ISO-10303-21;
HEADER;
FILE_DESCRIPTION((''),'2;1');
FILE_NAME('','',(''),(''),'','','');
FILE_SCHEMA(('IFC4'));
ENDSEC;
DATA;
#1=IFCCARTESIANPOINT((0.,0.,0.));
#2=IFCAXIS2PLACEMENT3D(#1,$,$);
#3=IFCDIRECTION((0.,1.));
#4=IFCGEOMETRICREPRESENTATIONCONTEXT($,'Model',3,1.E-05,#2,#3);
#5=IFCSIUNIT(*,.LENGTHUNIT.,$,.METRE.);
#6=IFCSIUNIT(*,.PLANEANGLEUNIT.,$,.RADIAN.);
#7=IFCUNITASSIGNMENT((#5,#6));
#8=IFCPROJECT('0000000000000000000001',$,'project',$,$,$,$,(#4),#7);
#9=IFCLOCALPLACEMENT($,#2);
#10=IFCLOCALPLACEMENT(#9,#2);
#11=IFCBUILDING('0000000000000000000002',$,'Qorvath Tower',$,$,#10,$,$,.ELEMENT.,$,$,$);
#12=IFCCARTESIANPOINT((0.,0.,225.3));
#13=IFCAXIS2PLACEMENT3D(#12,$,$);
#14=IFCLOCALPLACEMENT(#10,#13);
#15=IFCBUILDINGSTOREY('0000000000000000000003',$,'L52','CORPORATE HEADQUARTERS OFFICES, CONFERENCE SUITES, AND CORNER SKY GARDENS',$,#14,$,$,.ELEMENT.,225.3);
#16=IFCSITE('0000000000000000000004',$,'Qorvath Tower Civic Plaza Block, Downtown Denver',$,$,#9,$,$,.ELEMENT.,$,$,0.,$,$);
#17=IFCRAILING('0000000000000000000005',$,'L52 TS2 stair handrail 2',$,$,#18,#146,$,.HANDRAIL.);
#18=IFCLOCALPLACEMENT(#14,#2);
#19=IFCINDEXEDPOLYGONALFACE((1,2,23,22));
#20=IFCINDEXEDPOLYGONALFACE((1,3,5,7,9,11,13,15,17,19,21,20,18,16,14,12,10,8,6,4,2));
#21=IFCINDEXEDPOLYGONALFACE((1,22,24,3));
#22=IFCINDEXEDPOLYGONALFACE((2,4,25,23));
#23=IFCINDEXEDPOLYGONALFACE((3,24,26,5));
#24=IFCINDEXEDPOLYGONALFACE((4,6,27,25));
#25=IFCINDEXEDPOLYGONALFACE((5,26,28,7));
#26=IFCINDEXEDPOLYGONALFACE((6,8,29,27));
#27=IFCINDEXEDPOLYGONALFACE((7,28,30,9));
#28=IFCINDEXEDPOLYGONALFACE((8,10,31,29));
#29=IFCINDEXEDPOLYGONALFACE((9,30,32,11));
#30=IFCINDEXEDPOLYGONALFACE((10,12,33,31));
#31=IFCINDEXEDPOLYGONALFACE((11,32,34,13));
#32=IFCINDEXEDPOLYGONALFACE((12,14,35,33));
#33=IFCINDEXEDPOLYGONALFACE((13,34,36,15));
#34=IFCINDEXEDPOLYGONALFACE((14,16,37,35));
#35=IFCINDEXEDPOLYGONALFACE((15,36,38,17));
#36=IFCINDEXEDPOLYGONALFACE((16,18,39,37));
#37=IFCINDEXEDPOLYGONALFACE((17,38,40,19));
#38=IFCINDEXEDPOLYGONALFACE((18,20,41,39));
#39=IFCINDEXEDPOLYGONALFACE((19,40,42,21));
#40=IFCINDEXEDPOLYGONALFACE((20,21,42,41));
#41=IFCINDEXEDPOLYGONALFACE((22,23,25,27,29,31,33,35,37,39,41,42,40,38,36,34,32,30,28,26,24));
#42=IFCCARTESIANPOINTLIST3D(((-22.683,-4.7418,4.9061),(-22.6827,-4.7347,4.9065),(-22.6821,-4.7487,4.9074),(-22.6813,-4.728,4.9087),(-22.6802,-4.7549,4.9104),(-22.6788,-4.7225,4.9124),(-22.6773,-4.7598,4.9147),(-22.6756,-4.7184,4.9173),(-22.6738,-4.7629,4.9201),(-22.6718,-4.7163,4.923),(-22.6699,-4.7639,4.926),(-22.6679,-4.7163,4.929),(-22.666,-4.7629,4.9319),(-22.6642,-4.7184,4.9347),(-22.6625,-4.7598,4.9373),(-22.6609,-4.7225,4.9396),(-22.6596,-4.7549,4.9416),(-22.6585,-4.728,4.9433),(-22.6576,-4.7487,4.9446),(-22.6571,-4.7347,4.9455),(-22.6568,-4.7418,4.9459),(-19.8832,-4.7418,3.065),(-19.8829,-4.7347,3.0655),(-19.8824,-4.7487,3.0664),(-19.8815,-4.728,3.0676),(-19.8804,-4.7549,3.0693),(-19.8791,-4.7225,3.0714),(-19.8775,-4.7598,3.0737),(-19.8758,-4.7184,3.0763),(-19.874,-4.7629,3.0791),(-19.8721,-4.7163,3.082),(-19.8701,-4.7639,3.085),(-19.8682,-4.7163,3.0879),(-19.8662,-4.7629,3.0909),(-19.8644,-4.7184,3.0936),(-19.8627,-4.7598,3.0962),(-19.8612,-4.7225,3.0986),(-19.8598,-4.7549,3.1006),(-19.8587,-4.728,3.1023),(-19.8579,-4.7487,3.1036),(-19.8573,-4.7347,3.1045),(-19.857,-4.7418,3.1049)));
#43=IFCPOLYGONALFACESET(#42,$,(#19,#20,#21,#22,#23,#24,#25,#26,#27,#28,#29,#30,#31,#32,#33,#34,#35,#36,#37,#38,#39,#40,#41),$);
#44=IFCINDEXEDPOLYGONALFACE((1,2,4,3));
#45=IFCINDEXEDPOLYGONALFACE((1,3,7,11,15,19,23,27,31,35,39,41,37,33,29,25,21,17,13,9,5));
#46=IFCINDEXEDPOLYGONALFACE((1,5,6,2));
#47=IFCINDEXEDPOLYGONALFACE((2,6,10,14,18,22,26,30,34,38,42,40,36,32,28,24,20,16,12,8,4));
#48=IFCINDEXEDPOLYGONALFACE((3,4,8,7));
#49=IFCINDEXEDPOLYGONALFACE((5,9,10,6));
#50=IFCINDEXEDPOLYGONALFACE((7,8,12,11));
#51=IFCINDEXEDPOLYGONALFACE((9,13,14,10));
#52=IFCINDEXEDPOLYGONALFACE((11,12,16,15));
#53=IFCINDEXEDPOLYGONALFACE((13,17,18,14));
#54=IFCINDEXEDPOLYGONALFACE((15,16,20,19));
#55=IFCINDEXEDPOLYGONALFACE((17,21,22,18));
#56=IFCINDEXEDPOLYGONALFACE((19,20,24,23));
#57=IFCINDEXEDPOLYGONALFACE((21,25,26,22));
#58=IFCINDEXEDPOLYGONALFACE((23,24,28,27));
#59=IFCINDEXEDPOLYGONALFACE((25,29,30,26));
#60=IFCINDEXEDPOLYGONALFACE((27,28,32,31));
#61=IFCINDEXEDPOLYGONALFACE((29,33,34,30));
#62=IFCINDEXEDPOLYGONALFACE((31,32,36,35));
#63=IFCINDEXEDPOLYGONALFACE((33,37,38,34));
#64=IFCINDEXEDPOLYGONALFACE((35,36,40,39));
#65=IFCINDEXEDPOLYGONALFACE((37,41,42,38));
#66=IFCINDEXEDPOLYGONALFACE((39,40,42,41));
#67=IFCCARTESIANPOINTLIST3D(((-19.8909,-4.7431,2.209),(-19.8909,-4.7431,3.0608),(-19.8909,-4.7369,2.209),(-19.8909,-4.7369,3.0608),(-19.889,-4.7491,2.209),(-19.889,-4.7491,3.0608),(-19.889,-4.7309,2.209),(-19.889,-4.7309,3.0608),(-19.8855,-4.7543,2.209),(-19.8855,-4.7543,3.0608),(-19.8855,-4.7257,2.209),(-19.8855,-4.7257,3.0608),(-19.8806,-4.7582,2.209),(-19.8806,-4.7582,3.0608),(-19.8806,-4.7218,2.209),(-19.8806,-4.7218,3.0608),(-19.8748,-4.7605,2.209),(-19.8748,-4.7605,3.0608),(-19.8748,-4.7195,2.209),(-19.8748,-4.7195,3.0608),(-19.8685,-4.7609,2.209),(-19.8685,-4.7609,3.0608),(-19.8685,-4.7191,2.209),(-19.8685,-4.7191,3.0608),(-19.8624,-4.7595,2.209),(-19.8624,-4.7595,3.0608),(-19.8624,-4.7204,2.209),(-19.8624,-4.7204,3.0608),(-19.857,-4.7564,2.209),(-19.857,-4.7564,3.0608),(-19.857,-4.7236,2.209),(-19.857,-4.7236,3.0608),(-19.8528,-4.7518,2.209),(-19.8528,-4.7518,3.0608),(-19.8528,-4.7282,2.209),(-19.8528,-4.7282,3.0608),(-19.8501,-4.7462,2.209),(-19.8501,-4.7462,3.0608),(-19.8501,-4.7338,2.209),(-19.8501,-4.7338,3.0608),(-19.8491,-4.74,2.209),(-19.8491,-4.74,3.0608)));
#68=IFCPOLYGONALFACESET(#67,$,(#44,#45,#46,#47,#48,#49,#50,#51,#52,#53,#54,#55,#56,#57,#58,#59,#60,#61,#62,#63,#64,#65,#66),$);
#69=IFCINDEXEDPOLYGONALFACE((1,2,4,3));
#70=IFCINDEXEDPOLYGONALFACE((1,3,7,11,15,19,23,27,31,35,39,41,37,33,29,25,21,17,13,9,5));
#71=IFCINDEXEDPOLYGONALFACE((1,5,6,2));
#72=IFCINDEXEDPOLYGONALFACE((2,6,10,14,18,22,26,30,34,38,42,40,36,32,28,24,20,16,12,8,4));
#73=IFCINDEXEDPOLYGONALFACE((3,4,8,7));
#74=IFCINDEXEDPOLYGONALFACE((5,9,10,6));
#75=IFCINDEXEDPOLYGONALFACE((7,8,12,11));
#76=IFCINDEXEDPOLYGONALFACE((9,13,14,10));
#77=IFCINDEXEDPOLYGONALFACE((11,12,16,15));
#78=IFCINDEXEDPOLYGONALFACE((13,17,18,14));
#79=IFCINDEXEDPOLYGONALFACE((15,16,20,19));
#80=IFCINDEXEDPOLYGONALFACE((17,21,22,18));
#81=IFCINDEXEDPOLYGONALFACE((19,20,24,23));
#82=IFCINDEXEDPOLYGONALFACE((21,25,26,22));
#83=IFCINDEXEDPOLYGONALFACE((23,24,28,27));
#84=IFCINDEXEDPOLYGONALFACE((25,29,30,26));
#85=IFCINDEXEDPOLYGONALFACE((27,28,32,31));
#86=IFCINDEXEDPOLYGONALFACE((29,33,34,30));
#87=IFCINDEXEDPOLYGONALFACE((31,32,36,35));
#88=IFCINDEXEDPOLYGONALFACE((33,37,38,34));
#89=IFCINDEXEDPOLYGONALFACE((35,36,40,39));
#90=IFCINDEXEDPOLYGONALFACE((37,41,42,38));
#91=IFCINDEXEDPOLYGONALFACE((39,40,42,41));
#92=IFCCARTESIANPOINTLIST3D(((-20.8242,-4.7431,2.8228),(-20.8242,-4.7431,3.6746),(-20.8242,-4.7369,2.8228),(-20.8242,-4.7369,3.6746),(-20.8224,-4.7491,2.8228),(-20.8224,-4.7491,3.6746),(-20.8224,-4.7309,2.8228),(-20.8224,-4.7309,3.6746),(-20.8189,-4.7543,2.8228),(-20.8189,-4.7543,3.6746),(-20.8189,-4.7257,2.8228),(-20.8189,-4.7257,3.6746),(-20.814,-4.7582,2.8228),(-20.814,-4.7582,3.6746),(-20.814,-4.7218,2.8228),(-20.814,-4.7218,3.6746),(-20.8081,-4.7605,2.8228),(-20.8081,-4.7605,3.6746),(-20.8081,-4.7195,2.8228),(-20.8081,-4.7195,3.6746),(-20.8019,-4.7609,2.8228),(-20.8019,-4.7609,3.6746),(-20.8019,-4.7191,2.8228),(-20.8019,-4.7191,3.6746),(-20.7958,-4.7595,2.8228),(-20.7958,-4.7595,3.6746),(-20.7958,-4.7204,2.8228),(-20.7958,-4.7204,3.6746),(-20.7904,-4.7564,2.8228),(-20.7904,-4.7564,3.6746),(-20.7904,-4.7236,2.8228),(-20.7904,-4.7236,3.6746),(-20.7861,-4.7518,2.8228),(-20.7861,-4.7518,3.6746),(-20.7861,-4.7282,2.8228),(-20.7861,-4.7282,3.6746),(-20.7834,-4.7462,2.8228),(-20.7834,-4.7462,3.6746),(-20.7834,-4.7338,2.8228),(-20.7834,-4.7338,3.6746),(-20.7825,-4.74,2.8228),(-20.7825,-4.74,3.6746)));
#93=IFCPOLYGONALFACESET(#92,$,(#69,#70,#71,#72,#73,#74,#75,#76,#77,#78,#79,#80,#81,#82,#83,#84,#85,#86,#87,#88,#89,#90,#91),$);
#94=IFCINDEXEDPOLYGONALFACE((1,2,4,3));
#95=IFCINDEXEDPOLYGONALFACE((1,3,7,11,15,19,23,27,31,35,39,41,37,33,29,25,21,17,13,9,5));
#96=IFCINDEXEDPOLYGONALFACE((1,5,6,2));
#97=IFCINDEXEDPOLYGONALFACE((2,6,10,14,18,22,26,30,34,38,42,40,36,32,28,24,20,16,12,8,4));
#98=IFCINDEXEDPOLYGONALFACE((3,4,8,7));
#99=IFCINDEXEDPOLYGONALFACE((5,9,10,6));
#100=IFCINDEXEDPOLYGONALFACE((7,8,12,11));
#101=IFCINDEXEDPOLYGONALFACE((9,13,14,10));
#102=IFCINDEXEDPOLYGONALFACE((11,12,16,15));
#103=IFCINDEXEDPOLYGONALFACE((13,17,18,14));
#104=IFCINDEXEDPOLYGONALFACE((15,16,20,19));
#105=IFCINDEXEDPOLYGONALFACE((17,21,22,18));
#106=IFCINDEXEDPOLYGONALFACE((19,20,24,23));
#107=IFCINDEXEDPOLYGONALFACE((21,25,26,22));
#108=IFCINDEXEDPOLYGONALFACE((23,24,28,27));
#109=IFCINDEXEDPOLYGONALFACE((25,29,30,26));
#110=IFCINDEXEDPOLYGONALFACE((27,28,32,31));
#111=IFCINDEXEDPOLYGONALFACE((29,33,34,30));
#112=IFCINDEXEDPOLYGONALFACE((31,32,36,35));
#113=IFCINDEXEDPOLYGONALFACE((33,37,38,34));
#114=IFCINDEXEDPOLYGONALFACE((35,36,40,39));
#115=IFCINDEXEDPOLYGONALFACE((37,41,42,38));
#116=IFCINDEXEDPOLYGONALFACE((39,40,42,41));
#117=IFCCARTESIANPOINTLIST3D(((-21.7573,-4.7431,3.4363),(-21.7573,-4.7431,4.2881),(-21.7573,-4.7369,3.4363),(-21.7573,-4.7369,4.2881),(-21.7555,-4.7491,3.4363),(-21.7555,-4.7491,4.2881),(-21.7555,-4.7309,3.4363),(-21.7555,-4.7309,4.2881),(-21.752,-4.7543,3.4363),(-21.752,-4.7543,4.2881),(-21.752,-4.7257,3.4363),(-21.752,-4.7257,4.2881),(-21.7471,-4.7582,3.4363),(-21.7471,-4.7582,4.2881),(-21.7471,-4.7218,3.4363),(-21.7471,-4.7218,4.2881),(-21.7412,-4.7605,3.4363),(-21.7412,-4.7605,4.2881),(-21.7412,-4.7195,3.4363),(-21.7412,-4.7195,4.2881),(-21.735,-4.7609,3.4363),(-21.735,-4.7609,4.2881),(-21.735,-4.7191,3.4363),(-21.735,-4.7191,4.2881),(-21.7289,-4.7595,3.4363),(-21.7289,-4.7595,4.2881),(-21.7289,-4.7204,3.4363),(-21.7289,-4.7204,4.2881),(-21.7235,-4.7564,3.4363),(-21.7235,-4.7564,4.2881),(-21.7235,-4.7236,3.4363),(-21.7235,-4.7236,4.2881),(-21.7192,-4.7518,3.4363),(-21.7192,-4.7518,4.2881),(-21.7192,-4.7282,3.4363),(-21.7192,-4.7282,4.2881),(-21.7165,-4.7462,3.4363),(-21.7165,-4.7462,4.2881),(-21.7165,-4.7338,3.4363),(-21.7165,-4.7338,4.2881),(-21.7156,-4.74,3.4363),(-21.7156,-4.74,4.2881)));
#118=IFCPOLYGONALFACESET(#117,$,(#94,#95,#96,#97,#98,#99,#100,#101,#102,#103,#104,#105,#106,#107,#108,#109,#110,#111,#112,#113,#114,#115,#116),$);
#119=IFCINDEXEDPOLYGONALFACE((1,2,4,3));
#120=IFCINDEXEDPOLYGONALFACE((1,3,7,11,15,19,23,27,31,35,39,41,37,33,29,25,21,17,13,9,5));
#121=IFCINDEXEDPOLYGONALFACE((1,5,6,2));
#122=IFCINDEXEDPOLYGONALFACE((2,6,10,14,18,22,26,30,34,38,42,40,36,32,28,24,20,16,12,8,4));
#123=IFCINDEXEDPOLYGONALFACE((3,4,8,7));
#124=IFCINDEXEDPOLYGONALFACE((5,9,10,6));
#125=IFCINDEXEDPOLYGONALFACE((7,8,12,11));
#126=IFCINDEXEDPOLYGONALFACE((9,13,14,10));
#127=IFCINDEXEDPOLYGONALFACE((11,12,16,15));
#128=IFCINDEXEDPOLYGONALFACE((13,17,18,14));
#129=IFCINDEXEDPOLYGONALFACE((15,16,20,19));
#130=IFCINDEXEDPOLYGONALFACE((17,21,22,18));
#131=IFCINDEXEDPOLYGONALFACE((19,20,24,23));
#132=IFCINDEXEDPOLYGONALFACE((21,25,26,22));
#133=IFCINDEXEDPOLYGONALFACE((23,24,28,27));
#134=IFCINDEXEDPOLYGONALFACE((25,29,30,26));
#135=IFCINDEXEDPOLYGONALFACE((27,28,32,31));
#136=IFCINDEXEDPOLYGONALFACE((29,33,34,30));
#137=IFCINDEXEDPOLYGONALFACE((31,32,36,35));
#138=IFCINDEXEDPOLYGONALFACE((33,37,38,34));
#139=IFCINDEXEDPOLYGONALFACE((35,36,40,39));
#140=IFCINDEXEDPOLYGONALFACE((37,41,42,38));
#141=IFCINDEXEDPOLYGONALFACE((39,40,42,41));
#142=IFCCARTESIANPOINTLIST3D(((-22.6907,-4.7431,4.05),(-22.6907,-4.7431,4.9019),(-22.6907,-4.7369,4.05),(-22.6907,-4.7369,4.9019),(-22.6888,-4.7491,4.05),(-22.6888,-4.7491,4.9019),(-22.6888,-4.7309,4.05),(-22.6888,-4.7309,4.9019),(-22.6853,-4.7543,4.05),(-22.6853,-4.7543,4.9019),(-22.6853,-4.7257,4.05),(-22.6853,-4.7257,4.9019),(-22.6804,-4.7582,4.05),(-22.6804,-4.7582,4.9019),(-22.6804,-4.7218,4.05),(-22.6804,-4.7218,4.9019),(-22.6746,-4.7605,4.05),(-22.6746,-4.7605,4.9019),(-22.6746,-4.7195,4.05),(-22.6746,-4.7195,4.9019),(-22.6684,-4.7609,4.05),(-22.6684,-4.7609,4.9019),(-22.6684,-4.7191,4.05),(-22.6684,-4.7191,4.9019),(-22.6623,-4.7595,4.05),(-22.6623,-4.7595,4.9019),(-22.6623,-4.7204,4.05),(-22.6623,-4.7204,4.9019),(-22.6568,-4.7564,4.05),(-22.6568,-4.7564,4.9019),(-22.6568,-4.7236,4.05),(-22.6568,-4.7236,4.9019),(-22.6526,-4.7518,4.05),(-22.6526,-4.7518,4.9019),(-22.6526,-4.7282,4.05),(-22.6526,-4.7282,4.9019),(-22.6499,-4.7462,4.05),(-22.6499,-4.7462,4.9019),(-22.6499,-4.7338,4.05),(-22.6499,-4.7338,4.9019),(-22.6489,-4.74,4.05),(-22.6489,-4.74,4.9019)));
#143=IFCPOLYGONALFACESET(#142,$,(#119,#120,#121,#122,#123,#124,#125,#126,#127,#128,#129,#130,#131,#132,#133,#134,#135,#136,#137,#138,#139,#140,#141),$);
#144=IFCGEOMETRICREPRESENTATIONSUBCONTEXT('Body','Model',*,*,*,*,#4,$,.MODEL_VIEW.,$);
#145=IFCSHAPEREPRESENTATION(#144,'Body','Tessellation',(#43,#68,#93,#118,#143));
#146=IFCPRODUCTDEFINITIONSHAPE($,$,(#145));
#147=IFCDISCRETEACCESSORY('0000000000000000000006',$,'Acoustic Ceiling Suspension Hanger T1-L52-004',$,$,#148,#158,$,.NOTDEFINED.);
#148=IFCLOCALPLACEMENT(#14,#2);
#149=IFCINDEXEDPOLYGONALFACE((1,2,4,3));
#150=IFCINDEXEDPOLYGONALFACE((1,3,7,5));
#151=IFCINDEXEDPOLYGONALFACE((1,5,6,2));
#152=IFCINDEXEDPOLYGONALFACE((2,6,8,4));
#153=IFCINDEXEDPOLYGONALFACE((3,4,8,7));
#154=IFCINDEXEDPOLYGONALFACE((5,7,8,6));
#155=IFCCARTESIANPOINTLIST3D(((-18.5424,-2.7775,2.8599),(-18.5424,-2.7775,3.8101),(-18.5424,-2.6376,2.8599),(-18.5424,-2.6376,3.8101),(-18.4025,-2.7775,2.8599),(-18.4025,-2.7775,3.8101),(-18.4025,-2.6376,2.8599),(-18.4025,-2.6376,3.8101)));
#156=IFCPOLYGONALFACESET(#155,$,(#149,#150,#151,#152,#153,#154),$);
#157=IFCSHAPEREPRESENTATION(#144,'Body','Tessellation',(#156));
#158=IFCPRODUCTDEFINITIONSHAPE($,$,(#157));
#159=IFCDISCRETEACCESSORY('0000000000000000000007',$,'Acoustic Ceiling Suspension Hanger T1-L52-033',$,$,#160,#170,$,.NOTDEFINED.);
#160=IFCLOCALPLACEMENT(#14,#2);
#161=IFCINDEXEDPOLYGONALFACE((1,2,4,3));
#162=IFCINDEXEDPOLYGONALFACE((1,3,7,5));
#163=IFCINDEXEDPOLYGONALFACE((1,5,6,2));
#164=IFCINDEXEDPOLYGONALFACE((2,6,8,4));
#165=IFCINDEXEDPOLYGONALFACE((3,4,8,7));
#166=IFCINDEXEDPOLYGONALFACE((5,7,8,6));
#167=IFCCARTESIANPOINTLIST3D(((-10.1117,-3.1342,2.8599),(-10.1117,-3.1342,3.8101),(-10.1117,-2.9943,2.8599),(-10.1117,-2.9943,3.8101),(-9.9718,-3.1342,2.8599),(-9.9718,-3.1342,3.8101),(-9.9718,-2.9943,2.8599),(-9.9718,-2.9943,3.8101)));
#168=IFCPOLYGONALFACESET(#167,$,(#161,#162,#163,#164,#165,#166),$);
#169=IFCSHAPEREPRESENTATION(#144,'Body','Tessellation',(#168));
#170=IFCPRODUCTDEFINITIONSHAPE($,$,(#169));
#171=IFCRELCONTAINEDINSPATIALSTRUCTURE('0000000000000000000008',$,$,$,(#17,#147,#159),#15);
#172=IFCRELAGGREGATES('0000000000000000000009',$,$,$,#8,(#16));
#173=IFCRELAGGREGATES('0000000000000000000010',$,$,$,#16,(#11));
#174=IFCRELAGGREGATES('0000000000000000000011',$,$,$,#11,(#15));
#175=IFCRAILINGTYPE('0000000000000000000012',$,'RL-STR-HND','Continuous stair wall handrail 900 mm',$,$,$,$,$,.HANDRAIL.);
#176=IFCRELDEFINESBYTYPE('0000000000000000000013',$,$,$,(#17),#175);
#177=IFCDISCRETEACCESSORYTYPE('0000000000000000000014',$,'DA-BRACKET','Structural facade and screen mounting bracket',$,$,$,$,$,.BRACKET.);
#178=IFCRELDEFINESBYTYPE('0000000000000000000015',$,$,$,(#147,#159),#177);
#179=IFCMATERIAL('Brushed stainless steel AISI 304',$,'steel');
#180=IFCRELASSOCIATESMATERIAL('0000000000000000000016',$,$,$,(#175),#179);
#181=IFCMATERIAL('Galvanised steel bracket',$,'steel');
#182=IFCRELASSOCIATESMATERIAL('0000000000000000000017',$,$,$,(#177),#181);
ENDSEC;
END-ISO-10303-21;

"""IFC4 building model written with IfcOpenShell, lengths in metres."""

from ifc_helpers import new_model, si_unit, direction, frame, origin, origin_2d, place, context, subcontext, project, spatial, rectangle, circle, extrude, material, type_object, element, save


model = new_model("IFC4")

# Units and contexts
model_context = context("Model", 3, precision=1e-05, world=origin(), true_north=direction((0.0, 1.0)))
body_context = subcontext(model_context, "Body", "Model", "MODEL_VIEW")
ifc_project = project(units=[si_unit("LENGTHUNIT", "METRE"), si_unit("PLANEANGLEUNIT", "RADIAN")], contexts=[model_context])

# Site, building, storey
site_placement = place(None, origin())
site = spatial("IfcSite", under=ifc_project, at=site_placement, Name="Qorvath Tower Civic Plaza Block, Downtown Denver", CompositionType="ELEMENT", RefElevation=0.0)
building_placement = place(site_placement, origin())
building = spatial("IfcBuilding", under=site, at=building_placement, Name="Qorvath Tower", CompositionType="ELEMENT")
storey_placement = place(building_placement, frame((0.0, 0.0, 225.3)))
storey = spatial("IfcBuildingStorey", under=building, at=storey_placement, Name="L52", Description="CORPORATE HEADQUARTERS OFFICES, CONFERENCE SUITES, AND CORNER SKY GARDENS", CompositionType="ELEMENT", Elevation=225.3)

# Railing
ifc_material_1 = material(Name="Brushed stainless steel AISI 304", Category="steel")
railing_type = type_object("IfcRailingType", Name="RL-STR-HND", Description="Continuous stair wall handrail 900 mm", PredefinedType="HANDRAIL", material=ifc_material_1)
railing_placement = place(storey_placement, frame((-19.8701, -4.74, 2.209)))
element("IfcRailing", 1, at=railing_placement, inside=storey, type_object=railing_type, Name="L52 TS2 stair handrail 2", PredefinedType="HANDRAIL", context=body_context, shape_type="SweptSolid", body=[
    extrude(circle(Radius=0.0239, at=origin_2d()), frame((0.0, 0.0, 0.876), z_axis=(-0.835542, 0.0, 0.549426), x_axis=(0.0, -1.0, 0.0)), (0.0, 0.0, 1.0), 3.3508),
    extrude(circle(Radius=0.021, at=origin_2d()), origin(), (0.0, 0.0, 1.0), 0.8518),
    extrude(circle(Radius=0.021, at=origin_2d()), frame((-0.9333, 0.0, 0.6138)), (0.0, 0.0, 1.0), 0.8518),
    extrude(circle(Radius=0.021, at=origin_2d()), frame((-1.8665, 0.0, 1.2273)), (0.0, 0.0, 1.0), 0.8518),
    extrude(circle(Radius=0.021, at=origin_2d()), frame((-2.7998, 0.0, 1.8411)), (0.0, 0.0, 1.0), 0.8518),
])

# Discrete accessories
ifc_material_2 = material(Name="Galvanised steel bracket", Category="steel")
discrete_accessory_type = type_object("IfcDiscreteAccessoryType", Name="DA-BRACKET", Description="Structural facade and screen mounting bracket", PredefinedType="BRACKET", material=ifc_material_2)
for number, where, z_axis, x_axis, name in (
    (2, (-18.4724, -2.7075, 2.8599), (0.0, 0.0, 1.0), (1.0, 0.0, 0.0), "Acoustic Ceiling Suspension Hanger T1-L52-004"),
    (3, (-10.0417, -3.0642, 2.8599), (0.0, 0.0, 1.0), (1.0, 0.0, 0.0), "Acoustic Ceiling Suspension Hanger T1-L52-033"),
):
    element("IfcDiscreteAccessory", number, at=place(storey_placement, frame(where, z_axis=z_axis, x_axis=x_axis)), inside=storey, type_object=discrete_accessory_type, Name=name, PredefinedType="NOTDEFINED", context=body_context, shape_type="SweptSolid", body=[
        extrude(rectangle(XDim=0.1399, YDim=0.1399, at=origin_2d()), origin(), (0.0, 0.0, 1.0), 0.9502),
    ])

save(model, "model.ifc")
